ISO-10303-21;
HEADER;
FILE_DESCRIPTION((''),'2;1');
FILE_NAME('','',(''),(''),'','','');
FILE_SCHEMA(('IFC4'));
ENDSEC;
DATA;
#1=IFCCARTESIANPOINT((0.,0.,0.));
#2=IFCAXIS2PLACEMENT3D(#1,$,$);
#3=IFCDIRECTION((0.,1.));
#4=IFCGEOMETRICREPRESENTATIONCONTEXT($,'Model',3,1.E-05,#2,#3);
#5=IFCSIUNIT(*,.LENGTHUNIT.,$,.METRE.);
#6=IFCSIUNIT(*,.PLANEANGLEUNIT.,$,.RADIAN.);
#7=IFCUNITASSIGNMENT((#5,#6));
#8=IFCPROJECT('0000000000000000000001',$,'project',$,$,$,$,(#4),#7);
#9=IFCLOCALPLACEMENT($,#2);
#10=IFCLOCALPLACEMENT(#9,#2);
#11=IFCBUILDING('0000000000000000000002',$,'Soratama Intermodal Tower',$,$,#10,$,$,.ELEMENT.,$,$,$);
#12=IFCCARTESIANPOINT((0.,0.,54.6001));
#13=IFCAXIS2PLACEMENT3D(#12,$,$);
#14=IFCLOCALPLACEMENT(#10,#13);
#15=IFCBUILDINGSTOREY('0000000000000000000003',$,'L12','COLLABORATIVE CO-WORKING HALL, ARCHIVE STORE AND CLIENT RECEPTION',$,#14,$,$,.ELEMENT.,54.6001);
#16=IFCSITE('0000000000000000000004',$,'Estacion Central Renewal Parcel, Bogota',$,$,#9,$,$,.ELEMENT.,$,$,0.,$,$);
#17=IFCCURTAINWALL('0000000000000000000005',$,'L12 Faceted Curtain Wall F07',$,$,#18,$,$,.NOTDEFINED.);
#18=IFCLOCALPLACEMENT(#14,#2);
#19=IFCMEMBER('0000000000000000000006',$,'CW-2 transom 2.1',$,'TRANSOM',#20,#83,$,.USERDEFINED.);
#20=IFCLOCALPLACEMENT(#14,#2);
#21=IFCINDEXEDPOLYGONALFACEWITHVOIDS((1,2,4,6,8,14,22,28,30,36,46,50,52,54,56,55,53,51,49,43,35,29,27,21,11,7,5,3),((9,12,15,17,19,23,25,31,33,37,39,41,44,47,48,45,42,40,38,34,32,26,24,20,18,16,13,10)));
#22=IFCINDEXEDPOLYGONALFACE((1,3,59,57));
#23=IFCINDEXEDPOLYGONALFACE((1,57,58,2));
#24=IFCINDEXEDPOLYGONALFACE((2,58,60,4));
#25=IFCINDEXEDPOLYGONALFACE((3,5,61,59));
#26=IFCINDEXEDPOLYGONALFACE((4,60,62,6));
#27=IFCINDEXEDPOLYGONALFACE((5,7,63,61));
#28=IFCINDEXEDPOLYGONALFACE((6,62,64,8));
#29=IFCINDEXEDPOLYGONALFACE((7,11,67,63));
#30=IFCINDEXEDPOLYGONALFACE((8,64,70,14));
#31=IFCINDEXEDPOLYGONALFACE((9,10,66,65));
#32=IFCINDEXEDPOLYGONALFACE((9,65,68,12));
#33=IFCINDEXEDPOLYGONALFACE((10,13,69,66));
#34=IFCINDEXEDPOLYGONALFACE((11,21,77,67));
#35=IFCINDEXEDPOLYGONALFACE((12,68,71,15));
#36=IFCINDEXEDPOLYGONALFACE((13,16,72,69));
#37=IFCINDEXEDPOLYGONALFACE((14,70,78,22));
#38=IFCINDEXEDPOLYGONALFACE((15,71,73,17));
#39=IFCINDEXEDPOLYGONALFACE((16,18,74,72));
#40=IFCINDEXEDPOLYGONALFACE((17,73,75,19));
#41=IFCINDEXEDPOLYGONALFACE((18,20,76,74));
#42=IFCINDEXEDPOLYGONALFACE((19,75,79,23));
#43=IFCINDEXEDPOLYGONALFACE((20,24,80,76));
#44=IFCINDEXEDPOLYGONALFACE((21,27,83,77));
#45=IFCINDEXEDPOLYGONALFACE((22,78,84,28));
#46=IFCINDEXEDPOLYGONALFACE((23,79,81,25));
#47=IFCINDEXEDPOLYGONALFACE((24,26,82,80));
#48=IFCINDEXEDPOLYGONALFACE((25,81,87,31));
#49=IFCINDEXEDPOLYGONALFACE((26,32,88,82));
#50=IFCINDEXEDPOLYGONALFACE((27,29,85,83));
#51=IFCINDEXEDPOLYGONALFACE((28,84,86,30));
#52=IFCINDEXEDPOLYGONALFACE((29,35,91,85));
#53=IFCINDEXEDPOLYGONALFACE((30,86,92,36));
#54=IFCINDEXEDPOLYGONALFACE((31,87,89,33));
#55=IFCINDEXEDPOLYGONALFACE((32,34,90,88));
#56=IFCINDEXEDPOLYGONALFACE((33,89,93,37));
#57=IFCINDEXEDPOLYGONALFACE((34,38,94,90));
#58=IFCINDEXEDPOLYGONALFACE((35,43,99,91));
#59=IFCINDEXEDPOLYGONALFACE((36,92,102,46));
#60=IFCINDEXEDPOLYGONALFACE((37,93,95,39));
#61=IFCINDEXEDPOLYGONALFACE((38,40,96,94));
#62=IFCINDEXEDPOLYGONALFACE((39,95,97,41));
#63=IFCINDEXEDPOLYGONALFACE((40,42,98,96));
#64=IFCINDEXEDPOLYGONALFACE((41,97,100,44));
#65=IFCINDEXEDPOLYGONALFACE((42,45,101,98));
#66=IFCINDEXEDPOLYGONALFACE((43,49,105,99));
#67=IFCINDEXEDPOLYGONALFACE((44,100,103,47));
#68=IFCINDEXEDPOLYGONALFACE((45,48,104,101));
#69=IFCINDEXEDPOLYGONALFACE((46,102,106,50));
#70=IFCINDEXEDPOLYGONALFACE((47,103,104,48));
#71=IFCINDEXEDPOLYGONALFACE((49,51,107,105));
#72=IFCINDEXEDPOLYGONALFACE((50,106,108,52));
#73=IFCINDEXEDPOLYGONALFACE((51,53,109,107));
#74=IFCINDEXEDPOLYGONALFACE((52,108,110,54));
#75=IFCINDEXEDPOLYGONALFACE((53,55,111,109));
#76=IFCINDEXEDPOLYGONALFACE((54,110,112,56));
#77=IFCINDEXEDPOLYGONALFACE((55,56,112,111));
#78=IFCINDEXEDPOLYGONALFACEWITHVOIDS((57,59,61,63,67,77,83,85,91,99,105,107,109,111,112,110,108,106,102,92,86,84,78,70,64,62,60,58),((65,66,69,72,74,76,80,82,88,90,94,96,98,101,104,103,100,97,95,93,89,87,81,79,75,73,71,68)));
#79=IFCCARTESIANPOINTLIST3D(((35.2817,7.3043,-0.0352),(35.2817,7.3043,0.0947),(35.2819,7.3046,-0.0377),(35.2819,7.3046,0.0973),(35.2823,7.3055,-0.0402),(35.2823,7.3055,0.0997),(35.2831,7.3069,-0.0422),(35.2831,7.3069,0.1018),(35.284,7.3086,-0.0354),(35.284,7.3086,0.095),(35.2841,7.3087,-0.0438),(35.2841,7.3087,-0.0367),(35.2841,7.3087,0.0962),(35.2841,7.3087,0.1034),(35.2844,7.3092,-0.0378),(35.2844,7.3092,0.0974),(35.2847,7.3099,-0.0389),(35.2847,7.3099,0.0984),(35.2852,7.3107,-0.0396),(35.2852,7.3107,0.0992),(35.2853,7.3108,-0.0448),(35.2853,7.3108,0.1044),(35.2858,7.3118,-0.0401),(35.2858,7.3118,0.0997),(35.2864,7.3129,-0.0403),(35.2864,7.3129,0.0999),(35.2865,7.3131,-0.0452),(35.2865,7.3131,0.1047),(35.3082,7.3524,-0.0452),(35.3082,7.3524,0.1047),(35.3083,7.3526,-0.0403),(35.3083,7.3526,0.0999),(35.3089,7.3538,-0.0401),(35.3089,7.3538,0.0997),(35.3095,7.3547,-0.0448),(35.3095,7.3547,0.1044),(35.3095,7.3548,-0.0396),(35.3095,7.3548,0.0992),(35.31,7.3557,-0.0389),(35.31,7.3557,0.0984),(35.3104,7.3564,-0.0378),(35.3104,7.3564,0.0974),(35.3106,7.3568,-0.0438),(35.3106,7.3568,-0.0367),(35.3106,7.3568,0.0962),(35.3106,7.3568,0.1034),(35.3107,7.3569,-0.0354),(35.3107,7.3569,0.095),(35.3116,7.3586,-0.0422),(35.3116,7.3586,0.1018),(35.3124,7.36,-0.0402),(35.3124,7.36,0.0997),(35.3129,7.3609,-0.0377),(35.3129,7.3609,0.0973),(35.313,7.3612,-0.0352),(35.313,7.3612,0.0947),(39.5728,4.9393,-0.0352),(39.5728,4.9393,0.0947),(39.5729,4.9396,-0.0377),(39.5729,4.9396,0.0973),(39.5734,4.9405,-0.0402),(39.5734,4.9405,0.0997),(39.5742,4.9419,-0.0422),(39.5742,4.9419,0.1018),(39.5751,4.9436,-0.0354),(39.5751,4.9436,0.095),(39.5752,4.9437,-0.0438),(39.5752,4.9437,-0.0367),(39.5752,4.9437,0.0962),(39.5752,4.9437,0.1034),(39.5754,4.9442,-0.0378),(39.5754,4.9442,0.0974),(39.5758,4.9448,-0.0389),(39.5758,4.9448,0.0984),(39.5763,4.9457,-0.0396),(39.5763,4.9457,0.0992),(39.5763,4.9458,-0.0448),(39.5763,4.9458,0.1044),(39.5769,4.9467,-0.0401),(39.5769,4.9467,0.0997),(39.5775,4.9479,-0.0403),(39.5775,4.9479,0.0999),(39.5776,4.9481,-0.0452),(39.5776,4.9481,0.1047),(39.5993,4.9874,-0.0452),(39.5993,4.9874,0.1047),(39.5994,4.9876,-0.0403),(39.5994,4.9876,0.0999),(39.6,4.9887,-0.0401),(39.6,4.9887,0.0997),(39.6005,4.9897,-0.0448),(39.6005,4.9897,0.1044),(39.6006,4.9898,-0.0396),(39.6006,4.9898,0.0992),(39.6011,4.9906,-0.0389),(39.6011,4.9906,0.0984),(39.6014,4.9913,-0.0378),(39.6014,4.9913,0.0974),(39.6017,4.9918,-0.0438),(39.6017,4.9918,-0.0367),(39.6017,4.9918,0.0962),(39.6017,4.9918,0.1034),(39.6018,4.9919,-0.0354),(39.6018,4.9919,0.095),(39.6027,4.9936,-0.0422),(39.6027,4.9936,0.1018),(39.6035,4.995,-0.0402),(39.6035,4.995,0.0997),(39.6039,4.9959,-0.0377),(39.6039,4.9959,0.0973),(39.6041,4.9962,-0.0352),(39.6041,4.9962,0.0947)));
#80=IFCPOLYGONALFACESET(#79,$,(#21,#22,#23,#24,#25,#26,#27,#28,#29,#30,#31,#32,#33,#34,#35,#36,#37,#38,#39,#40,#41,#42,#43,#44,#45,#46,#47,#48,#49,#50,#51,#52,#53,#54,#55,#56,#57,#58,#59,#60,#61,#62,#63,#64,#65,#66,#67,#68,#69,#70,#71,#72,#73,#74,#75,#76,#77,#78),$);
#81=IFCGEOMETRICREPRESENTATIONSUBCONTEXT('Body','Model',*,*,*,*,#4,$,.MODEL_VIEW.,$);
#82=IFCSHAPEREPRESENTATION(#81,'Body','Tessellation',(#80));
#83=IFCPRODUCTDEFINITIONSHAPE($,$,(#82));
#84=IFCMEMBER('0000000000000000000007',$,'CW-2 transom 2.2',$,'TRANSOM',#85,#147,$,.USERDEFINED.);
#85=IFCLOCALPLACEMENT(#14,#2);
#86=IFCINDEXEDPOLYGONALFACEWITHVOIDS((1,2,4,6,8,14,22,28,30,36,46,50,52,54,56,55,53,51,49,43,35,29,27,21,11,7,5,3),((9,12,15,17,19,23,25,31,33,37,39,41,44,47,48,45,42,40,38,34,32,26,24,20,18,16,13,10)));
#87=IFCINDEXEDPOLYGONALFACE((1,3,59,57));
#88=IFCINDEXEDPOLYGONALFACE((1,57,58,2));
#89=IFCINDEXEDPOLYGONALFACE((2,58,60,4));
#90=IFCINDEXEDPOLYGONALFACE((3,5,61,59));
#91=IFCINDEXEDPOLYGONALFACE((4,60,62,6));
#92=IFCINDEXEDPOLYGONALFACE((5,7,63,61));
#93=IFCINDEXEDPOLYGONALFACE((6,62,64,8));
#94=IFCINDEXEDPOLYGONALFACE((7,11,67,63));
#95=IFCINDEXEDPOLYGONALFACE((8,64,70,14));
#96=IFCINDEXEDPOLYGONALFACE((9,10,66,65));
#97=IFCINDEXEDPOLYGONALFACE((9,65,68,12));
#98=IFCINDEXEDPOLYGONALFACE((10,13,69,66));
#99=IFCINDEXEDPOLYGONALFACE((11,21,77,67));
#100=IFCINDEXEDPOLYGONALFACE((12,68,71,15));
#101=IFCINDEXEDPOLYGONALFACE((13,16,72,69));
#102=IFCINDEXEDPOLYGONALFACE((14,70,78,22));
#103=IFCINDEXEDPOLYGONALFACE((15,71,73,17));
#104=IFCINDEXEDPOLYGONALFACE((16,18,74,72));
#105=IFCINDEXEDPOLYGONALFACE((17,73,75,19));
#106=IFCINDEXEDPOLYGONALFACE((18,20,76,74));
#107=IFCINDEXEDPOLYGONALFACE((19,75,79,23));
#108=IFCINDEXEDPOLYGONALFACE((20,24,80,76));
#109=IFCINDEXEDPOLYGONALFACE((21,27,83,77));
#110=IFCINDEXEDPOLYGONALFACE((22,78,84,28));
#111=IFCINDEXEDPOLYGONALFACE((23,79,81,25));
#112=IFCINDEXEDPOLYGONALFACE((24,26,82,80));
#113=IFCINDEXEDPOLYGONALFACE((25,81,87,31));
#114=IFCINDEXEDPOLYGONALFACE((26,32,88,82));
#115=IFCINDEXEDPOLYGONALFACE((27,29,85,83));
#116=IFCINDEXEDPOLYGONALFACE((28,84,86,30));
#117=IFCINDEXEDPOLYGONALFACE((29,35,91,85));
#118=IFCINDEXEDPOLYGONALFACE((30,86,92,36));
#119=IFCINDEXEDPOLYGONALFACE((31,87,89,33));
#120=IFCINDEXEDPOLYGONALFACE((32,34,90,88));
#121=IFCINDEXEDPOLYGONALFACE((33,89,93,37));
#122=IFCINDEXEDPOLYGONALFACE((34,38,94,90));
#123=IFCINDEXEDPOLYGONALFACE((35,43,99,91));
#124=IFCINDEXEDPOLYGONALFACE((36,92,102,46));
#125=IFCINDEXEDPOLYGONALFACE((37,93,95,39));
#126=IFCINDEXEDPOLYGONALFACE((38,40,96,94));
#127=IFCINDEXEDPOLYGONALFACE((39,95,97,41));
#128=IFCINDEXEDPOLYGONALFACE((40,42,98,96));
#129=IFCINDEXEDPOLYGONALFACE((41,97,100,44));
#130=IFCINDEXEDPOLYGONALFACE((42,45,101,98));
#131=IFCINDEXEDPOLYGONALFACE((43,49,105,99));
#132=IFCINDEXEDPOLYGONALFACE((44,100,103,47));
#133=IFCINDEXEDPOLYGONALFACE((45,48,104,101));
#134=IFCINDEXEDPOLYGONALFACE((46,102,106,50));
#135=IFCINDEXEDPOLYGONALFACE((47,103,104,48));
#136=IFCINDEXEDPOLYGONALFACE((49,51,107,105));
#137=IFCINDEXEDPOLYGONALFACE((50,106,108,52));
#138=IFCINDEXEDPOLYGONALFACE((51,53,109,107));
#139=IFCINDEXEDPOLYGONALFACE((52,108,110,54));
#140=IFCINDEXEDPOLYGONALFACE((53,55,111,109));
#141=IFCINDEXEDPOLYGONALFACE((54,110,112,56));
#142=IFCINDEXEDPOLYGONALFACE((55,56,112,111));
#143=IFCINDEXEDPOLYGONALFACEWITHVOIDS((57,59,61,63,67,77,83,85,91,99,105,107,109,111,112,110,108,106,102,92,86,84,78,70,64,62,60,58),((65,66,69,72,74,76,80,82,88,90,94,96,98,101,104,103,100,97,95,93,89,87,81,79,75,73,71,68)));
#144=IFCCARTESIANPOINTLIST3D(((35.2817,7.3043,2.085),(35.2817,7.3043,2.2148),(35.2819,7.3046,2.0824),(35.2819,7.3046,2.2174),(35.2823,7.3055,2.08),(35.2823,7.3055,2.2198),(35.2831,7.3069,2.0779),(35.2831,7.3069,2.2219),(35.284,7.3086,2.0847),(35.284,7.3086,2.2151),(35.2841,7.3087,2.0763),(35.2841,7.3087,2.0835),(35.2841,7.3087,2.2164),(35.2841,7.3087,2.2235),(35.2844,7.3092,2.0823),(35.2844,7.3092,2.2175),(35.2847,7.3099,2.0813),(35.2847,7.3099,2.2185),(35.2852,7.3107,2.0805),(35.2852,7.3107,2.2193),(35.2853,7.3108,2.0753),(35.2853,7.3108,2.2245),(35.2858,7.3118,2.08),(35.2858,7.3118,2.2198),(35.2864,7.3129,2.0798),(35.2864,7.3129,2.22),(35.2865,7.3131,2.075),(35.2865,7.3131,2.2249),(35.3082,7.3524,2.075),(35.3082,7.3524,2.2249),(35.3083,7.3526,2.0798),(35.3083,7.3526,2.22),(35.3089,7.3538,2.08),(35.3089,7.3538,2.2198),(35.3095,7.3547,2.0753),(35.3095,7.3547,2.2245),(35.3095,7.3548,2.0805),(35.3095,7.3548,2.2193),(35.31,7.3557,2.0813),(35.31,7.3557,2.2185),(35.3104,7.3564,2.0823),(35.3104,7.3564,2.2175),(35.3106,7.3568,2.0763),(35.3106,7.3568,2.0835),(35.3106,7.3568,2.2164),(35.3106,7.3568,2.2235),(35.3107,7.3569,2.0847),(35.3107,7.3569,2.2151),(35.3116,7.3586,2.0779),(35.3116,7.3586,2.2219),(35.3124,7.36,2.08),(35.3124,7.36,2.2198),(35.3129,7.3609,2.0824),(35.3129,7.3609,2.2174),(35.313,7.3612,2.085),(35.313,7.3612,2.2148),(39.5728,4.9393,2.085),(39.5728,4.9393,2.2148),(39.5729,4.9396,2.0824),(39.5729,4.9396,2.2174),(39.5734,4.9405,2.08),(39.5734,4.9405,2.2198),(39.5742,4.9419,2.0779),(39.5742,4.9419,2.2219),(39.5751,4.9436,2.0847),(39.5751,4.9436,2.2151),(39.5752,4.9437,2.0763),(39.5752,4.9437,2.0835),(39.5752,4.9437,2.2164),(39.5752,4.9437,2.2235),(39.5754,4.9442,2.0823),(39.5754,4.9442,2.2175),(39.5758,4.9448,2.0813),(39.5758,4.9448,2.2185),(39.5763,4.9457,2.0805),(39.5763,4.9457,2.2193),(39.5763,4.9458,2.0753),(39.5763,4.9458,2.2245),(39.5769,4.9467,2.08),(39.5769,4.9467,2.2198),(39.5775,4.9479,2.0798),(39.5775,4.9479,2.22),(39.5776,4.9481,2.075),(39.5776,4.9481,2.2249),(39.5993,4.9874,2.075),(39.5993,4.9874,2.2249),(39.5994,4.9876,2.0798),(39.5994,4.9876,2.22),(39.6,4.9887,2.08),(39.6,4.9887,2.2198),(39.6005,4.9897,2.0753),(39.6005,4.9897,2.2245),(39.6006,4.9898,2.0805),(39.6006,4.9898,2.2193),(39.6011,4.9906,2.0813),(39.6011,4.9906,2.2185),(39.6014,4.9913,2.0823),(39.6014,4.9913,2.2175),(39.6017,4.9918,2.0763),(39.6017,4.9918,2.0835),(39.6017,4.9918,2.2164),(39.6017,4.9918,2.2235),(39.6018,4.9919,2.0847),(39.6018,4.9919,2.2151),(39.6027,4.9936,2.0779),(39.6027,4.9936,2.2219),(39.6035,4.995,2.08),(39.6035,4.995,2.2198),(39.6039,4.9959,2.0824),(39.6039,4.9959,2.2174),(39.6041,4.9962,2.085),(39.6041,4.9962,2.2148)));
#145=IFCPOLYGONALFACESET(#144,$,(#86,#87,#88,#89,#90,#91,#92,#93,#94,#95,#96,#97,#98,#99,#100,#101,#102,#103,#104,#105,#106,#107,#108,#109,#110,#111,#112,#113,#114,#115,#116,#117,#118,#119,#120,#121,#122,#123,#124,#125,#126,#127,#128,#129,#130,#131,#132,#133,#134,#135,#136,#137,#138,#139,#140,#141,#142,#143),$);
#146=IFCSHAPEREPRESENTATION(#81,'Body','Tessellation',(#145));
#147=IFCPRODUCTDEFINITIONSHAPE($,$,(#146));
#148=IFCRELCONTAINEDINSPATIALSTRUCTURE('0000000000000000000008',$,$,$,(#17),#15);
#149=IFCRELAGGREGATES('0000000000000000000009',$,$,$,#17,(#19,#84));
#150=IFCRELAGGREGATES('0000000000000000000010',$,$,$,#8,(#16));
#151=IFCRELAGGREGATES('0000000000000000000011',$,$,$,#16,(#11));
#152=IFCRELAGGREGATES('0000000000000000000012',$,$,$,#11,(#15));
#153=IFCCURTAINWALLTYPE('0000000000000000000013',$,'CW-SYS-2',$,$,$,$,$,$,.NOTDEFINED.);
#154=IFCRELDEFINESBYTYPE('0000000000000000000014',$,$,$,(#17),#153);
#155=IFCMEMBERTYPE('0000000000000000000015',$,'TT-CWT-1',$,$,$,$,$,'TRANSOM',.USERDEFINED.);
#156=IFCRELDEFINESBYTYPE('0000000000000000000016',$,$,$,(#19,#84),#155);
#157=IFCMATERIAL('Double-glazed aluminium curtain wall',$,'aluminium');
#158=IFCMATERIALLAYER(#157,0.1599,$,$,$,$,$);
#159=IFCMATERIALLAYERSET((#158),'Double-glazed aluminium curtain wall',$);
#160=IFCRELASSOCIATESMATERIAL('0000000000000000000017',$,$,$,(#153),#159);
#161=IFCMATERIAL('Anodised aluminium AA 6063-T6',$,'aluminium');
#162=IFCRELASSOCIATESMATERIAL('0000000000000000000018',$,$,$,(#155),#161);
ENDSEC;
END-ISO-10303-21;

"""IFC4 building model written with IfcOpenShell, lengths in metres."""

from ifc_helpers import new_model, si_unit, direction, frame, origin, origin_2d, place, context, subcontext, project, spatial, hollow_rectangle, extrude, material, layer, layer_set, material_profile, profile_set, type_object, element, aggregate, save


model = new_model("IFC4")

# Units and contexts
model_context = context("Model", 3, precision=1e-05, world=origin(), true_north=direction((0.0, 1.0)))
body_context = subcontext(model_context, "Body", "Model", "MODEL_VIEW")
ifc_project = project(units=[si_unit("LENGTHUNIT", "METRE"), si_unit("PLANEANGLEUNIT", "RADIAN")], contexts=[model_context])

# Site, building, storey
site_placement = place(None, origin())
site = spatial("IfcSite", under=ifc_project, at=site_placement, Name="Estacion Central Renewal Parcel, Bogota", CompositionType="ELEMENT", RefElevation=0.0)
building_placement = place(site_placement, origin())
building = spatial("IfcBuilding", under=site, at=building_placement, Name="Soratama Intermodal Tower", CompositionType="ELEMENT")
storey_placement = place(building_placement, frame((0.0, 0.0, 54.6001)))
storey = spatial("IfcBuildingStorey", under=building, at=storey_placement, Name="L12", Description="COLLABORATIVE CO-WORKING HALL, ARCHIVE STORE AND CLIENT RECEPTION", CompositionType="ELEMENT", Elevation=54.6001)

# Curtain wall, members
ifc_material_1 = material(Name="Double-glazed aluminium curtain wall", Category="aluminium")
ifc_layer_1 = layer(ifc_material_1, 0.1599)
ifc_layer_set_1 = layer_set([ifc_layer_1], Name="Double-glazed aluminium curtain wall")
curtain_wall_type = type_object("IfcCurtainWallType", Name="CW-SYS-2", PredefinedType="NOTDEFINED", material=ifc_layer_set_1)
curtain_wall_placement = place(storey_placement, origin())
curtain_wall = element("IfcCurtainWall", 1, at=curtain_wall_placement, inside=storey, type_object=curtain_wall_type, Name="L12 Faceted Curtain Wall F07", PredefinedType="NOTDEFINED")
ifc_material_2 = material(Name="Anodised aluminium AA 6063-T6", Category="aluminium")
ifc_material_profile_1 = material_profile(ifc_material_2, hollow_rectangle(XDim=0.0649, YDim=0.1499, WallThickness=0.0049, InnerFilletRadius=0.0049, OuterFilletRadius=0.01, at=origin_2d()), Name="CWT150X65X5")
ifc_profile_set_1 = profile_set([ifc_material_profile_1], Name="Anodised aluminium AA 6063-T6")
member_type_1 = type_object("IfcMemberType", Name="TT-CWT-1", ElementType="TRANSOM", PredefinedType="USERDEFINED", material=ifc_profile_set_1)
member_1_placement = place(storey_placement, frame((35.2974, 7.3328, 0.0298), z_axis=(0.875791, -0.482691, 0.0), x_axis=(0.482691, 0.875791, 0.0)))
member_1 = element("IfcMember", 2, at=member_1_placement, type_object=member_type_1, Name="CW-2 transom 2.1", ObjectType="TRANSOM", PredefinedType="USERDEFINED", context=body_context, shape_type="SweptSolid", body=[
    extrude(hollow_rectangle(XDim=0.0649, YDim=0.1499, WallThickness=0.0049, InnerFilletRadius=0.0049, OuterFilletRadius=0.01, at=origin_2d()), origin(), (0.0, 0.0, 1.0), 4.8997),
])
member_2_placement = place(storey_placement, frame((35.2974, 7.3328, 2.1499), z_axis=(0.875791, -0.482691, 0.0), x_axis=(0.482691, 0.875791, 0.0)))
member_2 = element("IfcMember", 3, at=member_2_placement, type_object=member_type_1, Name="CW-2 transom 2.2", ObjectType="TRANSOM", PredefinedType="USERDEFINED", context=body_context, shape_type="SweptSolid", body=[
    extrude(hollow_rectangle(XDim=0.0649, YDim=0.1499, WallThickness=0.0049, InnerFilletRadius=0.0049, OuterFilletRadius=0.01, at=origin_2d()), origin(), (0.0, 0.0, 1.0), 4.8997),
])
aggregate(curtain_wall, [member_1, member_2])

save(model, "model.ifc")
